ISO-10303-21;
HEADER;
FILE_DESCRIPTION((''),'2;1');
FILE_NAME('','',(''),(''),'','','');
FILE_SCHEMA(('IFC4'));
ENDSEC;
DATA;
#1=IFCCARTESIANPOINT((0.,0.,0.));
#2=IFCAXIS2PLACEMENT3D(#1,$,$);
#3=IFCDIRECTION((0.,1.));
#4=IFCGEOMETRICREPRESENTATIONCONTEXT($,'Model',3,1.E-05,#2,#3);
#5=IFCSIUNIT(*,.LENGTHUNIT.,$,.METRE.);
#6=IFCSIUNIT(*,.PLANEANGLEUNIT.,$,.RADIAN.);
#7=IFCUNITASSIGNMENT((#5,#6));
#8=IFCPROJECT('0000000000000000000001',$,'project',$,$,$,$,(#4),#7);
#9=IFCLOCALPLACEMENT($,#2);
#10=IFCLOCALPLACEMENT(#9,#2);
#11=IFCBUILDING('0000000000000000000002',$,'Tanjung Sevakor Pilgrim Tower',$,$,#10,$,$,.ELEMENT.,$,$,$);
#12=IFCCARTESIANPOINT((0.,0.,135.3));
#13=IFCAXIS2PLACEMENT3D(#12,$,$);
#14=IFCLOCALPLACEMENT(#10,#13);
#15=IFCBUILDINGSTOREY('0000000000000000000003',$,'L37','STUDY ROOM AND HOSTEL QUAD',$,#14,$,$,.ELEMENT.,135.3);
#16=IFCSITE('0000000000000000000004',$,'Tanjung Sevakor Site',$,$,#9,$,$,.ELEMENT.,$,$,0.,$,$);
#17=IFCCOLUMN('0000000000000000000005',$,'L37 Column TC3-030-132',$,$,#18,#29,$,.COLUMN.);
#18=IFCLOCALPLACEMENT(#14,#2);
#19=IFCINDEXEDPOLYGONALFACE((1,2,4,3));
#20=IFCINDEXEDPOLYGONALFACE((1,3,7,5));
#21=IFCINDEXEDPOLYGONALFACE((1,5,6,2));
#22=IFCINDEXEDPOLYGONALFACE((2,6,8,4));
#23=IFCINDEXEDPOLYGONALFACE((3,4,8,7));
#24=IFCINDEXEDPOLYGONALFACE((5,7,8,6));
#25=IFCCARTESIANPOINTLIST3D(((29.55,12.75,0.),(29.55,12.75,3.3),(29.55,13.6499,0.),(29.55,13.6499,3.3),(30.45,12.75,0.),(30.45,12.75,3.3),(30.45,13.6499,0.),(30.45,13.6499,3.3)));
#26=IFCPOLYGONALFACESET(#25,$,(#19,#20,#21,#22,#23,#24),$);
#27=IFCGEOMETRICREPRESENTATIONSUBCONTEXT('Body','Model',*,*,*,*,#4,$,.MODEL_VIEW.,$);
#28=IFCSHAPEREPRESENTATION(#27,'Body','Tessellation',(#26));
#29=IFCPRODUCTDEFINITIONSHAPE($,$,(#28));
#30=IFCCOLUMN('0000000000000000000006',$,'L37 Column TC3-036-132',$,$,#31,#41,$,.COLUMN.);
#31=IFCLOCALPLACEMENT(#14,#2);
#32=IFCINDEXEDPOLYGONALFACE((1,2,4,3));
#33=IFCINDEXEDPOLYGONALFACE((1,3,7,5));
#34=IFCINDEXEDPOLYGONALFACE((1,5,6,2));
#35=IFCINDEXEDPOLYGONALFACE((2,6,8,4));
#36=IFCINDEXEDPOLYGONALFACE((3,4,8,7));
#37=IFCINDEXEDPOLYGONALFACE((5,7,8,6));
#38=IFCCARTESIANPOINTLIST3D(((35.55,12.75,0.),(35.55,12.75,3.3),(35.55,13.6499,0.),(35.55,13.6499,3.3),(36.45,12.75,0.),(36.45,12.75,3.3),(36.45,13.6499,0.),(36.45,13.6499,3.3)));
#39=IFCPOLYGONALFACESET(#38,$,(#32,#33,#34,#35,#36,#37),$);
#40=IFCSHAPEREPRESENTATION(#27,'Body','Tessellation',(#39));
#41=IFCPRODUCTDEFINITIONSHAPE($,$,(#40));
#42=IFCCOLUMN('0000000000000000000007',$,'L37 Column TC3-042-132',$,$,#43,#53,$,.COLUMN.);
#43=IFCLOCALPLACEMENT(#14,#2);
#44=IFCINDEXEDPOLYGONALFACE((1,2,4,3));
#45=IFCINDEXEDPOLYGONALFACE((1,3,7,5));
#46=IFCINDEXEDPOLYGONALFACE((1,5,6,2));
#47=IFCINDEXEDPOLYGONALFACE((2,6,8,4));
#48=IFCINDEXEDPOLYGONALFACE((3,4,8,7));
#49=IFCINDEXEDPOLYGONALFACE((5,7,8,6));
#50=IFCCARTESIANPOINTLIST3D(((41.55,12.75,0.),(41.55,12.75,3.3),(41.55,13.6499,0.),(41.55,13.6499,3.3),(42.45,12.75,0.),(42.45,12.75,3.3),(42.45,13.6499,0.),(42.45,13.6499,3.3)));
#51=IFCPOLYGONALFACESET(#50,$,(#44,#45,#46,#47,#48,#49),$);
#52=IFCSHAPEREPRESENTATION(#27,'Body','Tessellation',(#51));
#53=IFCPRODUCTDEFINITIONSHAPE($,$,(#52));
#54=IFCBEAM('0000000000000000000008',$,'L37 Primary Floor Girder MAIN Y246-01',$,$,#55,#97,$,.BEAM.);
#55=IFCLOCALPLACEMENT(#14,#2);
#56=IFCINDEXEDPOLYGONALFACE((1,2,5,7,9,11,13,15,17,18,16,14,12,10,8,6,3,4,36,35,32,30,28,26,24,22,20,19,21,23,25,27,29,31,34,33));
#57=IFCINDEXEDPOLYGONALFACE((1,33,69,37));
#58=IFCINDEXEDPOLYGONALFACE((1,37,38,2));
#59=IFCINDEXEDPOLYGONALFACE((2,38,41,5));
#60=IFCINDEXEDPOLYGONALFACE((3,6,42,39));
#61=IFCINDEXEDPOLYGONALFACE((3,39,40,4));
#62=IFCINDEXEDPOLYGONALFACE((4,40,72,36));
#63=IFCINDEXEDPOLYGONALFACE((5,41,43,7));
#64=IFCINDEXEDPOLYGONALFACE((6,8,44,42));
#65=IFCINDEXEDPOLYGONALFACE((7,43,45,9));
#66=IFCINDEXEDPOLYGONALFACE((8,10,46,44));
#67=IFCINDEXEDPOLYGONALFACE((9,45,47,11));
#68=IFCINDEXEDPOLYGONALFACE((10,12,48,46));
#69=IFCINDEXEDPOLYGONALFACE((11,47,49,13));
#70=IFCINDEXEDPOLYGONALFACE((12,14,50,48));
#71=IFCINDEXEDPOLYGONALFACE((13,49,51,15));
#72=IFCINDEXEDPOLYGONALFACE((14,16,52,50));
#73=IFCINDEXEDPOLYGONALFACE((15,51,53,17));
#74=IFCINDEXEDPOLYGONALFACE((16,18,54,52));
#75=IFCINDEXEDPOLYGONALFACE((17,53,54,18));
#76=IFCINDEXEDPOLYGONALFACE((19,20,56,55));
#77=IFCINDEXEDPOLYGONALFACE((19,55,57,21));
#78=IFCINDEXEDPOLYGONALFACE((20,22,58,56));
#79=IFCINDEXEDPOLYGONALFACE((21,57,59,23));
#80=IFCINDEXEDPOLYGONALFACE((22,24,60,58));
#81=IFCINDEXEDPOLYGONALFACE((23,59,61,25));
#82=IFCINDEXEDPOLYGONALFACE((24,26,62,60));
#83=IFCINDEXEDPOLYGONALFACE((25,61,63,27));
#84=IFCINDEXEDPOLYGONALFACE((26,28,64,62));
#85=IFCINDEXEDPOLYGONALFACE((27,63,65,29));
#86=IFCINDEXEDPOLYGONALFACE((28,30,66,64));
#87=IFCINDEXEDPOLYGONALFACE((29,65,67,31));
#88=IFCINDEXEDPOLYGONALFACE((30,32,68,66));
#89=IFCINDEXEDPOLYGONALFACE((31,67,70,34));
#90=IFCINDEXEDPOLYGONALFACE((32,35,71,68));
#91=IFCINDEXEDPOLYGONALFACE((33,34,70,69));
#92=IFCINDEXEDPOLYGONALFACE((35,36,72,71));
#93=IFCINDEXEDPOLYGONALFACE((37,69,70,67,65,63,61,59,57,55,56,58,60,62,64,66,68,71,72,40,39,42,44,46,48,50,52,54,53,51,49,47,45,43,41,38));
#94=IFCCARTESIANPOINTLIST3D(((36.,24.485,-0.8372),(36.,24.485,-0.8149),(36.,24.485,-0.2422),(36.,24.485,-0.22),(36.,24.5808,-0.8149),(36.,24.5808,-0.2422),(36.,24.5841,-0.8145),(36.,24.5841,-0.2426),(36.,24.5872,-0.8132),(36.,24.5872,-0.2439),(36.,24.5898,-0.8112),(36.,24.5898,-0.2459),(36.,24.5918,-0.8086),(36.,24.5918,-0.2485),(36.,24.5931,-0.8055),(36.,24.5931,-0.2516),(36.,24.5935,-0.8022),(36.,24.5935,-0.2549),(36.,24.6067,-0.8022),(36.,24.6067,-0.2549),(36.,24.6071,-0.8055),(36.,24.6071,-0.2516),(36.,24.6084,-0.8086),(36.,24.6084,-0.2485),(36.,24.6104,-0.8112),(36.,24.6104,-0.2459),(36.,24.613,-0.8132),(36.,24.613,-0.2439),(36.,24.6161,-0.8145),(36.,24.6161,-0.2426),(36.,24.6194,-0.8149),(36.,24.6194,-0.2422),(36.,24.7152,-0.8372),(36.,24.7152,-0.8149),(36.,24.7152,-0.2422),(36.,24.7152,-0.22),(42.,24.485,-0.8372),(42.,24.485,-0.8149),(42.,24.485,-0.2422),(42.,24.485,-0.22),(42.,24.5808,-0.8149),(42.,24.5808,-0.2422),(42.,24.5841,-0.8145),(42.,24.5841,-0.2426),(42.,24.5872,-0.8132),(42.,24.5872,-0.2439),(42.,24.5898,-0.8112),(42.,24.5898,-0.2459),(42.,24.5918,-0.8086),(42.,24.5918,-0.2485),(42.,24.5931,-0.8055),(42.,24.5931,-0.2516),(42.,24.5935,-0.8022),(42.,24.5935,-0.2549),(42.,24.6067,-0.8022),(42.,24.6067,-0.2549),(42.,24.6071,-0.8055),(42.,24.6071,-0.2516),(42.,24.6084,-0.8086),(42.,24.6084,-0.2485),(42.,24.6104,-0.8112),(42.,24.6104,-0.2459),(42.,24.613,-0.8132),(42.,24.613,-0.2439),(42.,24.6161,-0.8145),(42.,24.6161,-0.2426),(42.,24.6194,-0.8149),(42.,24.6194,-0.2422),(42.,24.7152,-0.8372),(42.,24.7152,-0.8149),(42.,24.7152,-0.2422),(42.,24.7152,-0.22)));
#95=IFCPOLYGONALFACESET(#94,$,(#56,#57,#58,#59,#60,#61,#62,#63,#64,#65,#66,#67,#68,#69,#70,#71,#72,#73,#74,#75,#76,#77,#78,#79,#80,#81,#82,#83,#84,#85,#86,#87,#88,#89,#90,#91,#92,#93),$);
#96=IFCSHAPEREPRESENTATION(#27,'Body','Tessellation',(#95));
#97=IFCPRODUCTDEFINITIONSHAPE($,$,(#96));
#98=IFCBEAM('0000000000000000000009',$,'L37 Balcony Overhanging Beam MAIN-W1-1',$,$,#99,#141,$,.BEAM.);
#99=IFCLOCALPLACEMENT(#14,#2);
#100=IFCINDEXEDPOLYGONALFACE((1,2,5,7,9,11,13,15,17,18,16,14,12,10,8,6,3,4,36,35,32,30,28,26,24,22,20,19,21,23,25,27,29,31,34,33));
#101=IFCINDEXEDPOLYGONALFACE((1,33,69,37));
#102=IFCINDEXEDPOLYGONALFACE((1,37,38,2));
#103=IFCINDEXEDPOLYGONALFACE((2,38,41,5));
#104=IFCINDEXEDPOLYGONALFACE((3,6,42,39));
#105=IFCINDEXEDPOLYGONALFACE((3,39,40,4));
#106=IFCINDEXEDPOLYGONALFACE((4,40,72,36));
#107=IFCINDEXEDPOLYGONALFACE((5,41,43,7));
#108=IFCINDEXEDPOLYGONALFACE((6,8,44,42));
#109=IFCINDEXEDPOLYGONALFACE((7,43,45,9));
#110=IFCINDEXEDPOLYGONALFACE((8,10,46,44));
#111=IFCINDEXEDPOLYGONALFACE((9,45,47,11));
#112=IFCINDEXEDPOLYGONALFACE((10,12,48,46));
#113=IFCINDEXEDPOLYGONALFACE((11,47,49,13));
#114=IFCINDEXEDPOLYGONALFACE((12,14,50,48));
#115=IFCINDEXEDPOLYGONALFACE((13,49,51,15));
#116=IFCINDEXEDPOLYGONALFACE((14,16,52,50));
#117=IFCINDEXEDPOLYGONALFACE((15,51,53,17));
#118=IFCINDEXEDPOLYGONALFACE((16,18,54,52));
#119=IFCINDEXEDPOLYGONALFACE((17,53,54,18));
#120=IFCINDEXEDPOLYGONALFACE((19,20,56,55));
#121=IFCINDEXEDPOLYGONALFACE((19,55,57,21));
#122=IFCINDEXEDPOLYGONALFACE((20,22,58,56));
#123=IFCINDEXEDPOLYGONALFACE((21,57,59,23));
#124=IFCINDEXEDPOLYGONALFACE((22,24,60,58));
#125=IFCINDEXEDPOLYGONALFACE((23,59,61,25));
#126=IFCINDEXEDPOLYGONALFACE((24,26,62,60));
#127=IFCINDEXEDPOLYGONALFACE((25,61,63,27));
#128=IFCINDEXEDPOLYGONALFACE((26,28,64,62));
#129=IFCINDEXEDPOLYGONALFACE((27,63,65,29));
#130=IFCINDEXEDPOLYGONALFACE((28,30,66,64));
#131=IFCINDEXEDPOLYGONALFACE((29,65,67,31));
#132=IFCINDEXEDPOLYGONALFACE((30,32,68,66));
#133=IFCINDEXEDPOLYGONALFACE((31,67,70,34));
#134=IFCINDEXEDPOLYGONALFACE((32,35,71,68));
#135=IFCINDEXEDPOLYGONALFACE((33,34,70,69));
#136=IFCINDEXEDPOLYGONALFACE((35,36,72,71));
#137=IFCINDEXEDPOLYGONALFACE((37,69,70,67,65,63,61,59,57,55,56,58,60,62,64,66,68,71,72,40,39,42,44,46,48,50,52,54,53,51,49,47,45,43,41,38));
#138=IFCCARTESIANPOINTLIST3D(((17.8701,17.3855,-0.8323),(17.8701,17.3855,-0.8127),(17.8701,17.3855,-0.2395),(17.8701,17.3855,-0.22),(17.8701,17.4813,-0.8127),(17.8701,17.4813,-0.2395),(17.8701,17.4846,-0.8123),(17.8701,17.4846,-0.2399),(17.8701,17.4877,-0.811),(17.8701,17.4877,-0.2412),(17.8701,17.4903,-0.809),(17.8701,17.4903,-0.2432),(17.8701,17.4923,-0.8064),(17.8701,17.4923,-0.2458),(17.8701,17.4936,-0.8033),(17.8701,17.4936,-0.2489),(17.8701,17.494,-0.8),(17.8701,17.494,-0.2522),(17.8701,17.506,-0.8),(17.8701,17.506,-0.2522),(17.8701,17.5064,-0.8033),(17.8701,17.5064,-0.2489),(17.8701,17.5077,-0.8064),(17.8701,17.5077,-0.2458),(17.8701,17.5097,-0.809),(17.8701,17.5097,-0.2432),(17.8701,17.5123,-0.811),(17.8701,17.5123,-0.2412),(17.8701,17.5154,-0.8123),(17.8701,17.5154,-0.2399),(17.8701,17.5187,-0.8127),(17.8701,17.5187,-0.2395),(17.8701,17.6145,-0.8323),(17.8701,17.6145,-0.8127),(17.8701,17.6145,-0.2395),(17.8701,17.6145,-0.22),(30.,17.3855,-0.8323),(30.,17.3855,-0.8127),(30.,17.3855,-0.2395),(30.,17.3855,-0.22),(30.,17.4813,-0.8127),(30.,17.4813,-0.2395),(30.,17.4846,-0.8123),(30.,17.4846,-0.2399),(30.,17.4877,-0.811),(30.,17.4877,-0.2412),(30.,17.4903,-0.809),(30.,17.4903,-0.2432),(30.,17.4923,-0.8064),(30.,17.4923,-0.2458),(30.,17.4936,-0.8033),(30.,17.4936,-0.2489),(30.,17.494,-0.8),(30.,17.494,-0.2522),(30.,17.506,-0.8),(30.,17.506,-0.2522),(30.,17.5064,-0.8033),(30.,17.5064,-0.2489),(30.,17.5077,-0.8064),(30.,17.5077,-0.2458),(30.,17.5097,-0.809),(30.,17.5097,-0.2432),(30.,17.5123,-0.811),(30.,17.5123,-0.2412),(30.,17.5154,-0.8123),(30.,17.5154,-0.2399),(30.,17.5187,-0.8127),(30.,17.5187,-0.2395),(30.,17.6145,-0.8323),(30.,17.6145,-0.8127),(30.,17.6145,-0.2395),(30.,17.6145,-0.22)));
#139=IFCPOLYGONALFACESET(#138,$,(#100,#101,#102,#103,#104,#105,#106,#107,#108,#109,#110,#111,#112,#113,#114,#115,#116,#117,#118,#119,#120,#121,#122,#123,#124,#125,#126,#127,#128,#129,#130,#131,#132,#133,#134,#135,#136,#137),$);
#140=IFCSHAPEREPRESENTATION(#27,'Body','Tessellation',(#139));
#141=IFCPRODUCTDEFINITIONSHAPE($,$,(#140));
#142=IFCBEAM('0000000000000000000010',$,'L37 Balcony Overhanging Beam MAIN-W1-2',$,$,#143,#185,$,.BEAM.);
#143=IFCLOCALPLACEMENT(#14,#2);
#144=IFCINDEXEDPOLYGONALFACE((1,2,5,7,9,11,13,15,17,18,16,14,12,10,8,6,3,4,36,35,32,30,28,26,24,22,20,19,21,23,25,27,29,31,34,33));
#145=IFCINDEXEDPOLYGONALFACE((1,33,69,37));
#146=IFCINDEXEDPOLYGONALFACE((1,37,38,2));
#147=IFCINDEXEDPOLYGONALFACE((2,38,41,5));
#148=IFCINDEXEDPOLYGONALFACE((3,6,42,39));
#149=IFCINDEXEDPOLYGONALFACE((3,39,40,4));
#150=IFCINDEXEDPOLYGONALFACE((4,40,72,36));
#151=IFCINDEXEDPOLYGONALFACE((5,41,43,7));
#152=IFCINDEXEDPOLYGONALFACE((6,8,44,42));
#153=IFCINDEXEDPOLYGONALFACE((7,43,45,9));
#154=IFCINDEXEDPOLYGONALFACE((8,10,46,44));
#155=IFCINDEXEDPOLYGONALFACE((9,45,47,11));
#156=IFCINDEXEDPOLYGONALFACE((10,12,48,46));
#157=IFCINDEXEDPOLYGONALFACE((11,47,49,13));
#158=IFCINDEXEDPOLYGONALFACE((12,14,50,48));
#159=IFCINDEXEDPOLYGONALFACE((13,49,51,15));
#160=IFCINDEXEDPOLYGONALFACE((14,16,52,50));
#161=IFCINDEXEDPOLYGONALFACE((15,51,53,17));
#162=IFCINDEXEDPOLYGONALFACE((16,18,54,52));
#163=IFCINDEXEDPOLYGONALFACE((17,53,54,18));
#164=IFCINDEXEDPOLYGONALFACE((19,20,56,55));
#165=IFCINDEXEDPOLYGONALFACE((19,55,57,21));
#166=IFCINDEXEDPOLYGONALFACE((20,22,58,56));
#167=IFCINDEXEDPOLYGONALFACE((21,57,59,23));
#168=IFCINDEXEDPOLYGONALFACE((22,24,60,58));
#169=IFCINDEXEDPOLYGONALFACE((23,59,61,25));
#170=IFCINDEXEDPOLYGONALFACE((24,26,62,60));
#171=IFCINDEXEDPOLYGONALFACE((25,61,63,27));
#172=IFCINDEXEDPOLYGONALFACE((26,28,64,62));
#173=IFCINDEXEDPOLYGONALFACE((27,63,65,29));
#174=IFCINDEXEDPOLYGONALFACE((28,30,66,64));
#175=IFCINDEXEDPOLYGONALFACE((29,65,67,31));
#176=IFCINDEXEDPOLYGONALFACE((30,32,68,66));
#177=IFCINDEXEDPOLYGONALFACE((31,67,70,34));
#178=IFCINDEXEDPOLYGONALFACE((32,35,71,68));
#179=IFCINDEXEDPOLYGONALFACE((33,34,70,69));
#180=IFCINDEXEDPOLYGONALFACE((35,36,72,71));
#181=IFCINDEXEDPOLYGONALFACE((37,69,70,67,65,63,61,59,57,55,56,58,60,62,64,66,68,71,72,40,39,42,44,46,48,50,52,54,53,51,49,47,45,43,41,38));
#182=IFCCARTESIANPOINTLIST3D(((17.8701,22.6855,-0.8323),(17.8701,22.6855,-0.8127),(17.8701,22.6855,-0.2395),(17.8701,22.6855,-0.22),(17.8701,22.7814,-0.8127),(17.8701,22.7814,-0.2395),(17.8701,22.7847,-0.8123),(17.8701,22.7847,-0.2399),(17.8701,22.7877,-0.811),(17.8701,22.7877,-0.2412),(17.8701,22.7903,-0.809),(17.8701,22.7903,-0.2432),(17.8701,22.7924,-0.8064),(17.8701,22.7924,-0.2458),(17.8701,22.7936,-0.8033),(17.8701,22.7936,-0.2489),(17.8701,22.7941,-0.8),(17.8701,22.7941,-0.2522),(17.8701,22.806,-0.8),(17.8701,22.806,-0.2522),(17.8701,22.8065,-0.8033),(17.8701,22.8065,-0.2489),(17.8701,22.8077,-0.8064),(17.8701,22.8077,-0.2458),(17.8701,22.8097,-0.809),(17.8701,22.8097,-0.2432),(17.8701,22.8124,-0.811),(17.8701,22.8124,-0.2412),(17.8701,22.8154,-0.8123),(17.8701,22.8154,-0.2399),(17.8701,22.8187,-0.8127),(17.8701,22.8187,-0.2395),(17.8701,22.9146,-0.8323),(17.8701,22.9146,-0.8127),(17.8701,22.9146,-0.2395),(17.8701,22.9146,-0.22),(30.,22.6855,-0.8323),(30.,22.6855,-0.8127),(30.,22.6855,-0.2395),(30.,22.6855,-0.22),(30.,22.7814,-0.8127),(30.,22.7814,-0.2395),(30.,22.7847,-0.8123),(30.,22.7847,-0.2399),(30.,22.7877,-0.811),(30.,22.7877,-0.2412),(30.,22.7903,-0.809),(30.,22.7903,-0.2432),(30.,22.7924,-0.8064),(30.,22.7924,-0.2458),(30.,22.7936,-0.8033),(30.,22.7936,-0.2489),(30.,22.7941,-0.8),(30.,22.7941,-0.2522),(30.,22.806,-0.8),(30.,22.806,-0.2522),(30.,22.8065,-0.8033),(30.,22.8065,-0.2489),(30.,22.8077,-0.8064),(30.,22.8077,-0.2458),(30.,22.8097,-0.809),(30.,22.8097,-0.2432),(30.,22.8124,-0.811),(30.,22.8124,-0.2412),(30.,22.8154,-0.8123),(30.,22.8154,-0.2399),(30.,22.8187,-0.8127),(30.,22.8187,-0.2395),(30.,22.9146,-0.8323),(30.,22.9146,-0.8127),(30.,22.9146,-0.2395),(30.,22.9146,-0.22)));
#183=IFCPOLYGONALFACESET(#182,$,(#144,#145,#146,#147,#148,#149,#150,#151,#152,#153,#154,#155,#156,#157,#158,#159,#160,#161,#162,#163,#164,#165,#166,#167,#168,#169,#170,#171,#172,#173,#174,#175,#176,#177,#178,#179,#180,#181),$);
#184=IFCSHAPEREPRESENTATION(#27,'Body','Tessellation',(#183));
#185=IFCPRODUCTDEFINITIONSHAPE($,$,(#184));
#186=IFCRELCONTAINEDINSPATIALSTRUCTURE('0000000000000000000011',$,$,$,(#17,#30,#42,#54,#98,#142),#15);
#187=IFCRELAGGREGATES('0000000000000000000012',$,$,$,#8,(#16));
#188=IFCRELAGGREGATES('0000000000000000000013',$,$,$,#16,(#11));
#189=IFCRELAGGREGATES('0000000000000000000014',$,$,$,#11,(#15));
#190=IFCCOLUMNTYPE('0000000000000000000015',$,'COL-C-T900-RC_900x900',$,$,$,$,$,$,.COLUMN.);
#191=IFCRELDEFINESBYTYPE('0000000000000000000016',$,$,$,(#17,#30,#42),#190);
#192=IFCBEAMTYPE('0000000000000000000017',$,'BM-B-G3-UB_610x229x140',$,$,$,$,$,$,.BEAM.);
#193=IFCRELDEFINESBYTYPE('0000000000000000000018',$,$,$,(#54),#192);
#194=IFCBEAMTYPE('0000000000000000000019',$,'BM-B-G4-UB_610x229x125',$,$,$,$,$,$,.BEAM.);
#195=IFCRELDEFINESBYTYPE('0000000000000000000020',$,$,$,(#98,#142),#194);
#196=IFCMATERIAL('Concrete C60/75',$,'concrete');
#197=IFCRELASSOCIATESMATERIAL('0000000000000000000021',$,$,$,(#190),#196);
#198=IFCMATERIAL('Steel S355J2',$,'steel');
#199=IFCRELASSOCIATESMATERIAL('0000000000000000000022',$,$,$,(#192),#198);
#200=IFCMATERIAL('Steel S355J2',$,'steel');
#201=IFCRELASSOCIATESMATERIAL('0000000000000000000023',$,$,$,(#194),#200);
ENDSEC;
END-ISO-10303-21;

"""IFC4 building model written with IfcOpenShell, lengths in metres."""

from ifc_helpers import new_model, si_unit, direction, frame, origin, origin_2d, place, context, subcontext, project, spatial, rectangle, i_section, extrude, material, material_profile, profile_set, type_object, element, save


model = new_model("IFC4")

# Units and contexts
model_context = context("Model", 3, precision=1e-05, world=origin(), true_north=direction((0.0, 1.0)))
body_context = subcontext(model_context, "Body", "Model", "MODEL_VIEW")
ifc_project = project(units=[si_unit("LENGTHUNIT", "METRE"), si_unit("PLANEANGLEUNIT", "RADIAN")], contexts=[model_context])

# Site, building, storey
site_placement = place(None, origin())
site = spatial("IfcSite", under=ifc_project, at=site_placement, Name="Tanjung Sevakor Site", CompositionType="ELEMENT", RefElevation=0.0)
building_placement = place(site_placement, origin())
building = spatial("IfcBuilding", under=site, at=building_placement, Name="Tanjung Sevakor Pilgrim Tower", CompositionType="ELEMENT")
storey_placement = place(building_placement, frame((0.0, 0.0, 135.3)))
storey = spatial("IfcBuildingStorey", under=building, at=storey_placement, Name="L37", Description="STUDY ROOM AND HOSTEL QUAD", CompositionType="ELEMENT", Elevation=135.3)

# Columns
ifc_material_1 = material(Name="Concrete C60/75", Category="concrete")
ifc_material_profile_1 = material_profile(ifc_material_1, rectangle(XDim=0.8999, YDim=0.8999, at=origin_2d()))
ifc_profile_set_1 = profile_set([ifc_material_profile_1], Name="Concrete C60/75")
column_type = type_object("IfcColumnType", Name="COL-C-T900-RC_900x900", PredefinedType="COLUMN", material=ifc_profile_set_1)
for number, where, z_axis, x_axis, name in (
    (1, (30.0, 13.2, 0.0), (0.0, 0.0, 1.0), (1.0, 0.0, 0.0), "L37 Column TC3-030-132"),
    (2, (36.0, 13.2, 0.0), (0.0, 0.0, 1.0), (1.0, 0.0, 0.0), "L37 Column TC3-036-132"),
    (3, (42.0, 13.2, 0.0), (0.0, 0.0, 1.0), (1.0, 0.0, 0.0), "L37 Column TC3-042-132"),
):
    element("IfcColumn", number, at=place(storey_placement, frame(where, z_axis=z_axis, x_axis=x_axis)), inside=storey, type_object=column_type, Name=name, PredefinedType="COLUMN", context=body_context, shape_type="SweptSolid", body=[
        extrude(rectangle(XDim=0.8999, YDim=0.8999, at=origin_2d()), origin(), (0.0, 0.0, 1.0), 3.3),
    ])

# Beams
ifc_material_2 = material(Name="Steel S355J2", Category="steel")
ifc_material_profile_2 = material_profile(ifc_material_2, i_section(OverallWidth=0.2302, OverallDepth=0.6172, WebThickness=0.0132, FlangeThickness=0.0222, FilletRadius=0.0127, at=origin_2d()))
ifc_profile_set_2 = profile_set([ifc_material_profile_2], Name="Steel S355J2")
beam_type_1 = type_object("IfcBeamType", Name="BM-B-G3-UB_610x229x140", PredefinedType="BEAM", material=ifc_profile_set_2)
beam_1_placement = place(storey_placement, frame((36.0, 24.6001, -0.5286), z_axis=(1.0, 0.0, 0.0), x_axis=(0.0, 1.0, 0.0)))
element("IfcBeam", 4, at=beam_1_placement, inside=storey, type_object=beam_type_1, Name="L37 Primary Floor Girder MAIN Y246-01", PredefinedType="BEAM", context=body_context, shape_type="SweptSolid", body=[
    extrude(i_section(OverallWidth=0.2302, OverallDepth=0.6172, WebThickness=0.0132, FlangeThickness=0.0222, FilletRadius=0.0127, at=origin_2d()), origin(), (0.0, 0.0, 1.0), 6.0),
])
ifc_material_3 = material(Name="Steel S355J2", Category="steel")
ifc_material_profile_3 = material_profile(ifc_material_3, i_section(OverallWidth=0.229, OverallDepth=0.6123, WebThickness=0.012, FlangeThickness=0.0195, FilletRadius=0.0127, at=origin_2d()))
ifc_profile_set_3 = profile_set([ifc_material_profile_3], Name="Steel S355J2")
beam_type_2 = type_object("IfcBeamType", Name="BM-B-G4-UB_610x229x125", PredefinedType="BEAM", material=ifc_profile_set_3)
for number, where, z_axis, x_axis, name in (
    (5, (30.0, 17.5, -0.5261), (-1.0, 0.0, 0.0), (0.0, -1.0, 0.0), "L37 Balcony Overhanging Beam MAIN-W1-1"),
    (6, (30.0, 22.8, -0.5261), (-1.0, 0.0, 0.0), (0.0, -1.0, 0.0), "L37 Balcony Overhanging Beam MAIN-W1-2"),
):
    element("IfcBeam", number, at=place(storey_placement, frame(where, z_axis=z_axis, x_axis=x_axis)), inside=storey, type_object=beam_type_2, Name=name, PredefinedType="BEAM", context=body_context, shape_type="SweptSolid", body=[
        extrude(i_section(OverallWidth=0.229, OverallDepth=0.6123, WebThickness=0.012, FlangeThickness=0.0195, FilletRadius=0.0127, at=origin_2d()), origin(), (0.0, 0.0, 1.0), 12.1299),
    ])

save(model, "model.ifc")
